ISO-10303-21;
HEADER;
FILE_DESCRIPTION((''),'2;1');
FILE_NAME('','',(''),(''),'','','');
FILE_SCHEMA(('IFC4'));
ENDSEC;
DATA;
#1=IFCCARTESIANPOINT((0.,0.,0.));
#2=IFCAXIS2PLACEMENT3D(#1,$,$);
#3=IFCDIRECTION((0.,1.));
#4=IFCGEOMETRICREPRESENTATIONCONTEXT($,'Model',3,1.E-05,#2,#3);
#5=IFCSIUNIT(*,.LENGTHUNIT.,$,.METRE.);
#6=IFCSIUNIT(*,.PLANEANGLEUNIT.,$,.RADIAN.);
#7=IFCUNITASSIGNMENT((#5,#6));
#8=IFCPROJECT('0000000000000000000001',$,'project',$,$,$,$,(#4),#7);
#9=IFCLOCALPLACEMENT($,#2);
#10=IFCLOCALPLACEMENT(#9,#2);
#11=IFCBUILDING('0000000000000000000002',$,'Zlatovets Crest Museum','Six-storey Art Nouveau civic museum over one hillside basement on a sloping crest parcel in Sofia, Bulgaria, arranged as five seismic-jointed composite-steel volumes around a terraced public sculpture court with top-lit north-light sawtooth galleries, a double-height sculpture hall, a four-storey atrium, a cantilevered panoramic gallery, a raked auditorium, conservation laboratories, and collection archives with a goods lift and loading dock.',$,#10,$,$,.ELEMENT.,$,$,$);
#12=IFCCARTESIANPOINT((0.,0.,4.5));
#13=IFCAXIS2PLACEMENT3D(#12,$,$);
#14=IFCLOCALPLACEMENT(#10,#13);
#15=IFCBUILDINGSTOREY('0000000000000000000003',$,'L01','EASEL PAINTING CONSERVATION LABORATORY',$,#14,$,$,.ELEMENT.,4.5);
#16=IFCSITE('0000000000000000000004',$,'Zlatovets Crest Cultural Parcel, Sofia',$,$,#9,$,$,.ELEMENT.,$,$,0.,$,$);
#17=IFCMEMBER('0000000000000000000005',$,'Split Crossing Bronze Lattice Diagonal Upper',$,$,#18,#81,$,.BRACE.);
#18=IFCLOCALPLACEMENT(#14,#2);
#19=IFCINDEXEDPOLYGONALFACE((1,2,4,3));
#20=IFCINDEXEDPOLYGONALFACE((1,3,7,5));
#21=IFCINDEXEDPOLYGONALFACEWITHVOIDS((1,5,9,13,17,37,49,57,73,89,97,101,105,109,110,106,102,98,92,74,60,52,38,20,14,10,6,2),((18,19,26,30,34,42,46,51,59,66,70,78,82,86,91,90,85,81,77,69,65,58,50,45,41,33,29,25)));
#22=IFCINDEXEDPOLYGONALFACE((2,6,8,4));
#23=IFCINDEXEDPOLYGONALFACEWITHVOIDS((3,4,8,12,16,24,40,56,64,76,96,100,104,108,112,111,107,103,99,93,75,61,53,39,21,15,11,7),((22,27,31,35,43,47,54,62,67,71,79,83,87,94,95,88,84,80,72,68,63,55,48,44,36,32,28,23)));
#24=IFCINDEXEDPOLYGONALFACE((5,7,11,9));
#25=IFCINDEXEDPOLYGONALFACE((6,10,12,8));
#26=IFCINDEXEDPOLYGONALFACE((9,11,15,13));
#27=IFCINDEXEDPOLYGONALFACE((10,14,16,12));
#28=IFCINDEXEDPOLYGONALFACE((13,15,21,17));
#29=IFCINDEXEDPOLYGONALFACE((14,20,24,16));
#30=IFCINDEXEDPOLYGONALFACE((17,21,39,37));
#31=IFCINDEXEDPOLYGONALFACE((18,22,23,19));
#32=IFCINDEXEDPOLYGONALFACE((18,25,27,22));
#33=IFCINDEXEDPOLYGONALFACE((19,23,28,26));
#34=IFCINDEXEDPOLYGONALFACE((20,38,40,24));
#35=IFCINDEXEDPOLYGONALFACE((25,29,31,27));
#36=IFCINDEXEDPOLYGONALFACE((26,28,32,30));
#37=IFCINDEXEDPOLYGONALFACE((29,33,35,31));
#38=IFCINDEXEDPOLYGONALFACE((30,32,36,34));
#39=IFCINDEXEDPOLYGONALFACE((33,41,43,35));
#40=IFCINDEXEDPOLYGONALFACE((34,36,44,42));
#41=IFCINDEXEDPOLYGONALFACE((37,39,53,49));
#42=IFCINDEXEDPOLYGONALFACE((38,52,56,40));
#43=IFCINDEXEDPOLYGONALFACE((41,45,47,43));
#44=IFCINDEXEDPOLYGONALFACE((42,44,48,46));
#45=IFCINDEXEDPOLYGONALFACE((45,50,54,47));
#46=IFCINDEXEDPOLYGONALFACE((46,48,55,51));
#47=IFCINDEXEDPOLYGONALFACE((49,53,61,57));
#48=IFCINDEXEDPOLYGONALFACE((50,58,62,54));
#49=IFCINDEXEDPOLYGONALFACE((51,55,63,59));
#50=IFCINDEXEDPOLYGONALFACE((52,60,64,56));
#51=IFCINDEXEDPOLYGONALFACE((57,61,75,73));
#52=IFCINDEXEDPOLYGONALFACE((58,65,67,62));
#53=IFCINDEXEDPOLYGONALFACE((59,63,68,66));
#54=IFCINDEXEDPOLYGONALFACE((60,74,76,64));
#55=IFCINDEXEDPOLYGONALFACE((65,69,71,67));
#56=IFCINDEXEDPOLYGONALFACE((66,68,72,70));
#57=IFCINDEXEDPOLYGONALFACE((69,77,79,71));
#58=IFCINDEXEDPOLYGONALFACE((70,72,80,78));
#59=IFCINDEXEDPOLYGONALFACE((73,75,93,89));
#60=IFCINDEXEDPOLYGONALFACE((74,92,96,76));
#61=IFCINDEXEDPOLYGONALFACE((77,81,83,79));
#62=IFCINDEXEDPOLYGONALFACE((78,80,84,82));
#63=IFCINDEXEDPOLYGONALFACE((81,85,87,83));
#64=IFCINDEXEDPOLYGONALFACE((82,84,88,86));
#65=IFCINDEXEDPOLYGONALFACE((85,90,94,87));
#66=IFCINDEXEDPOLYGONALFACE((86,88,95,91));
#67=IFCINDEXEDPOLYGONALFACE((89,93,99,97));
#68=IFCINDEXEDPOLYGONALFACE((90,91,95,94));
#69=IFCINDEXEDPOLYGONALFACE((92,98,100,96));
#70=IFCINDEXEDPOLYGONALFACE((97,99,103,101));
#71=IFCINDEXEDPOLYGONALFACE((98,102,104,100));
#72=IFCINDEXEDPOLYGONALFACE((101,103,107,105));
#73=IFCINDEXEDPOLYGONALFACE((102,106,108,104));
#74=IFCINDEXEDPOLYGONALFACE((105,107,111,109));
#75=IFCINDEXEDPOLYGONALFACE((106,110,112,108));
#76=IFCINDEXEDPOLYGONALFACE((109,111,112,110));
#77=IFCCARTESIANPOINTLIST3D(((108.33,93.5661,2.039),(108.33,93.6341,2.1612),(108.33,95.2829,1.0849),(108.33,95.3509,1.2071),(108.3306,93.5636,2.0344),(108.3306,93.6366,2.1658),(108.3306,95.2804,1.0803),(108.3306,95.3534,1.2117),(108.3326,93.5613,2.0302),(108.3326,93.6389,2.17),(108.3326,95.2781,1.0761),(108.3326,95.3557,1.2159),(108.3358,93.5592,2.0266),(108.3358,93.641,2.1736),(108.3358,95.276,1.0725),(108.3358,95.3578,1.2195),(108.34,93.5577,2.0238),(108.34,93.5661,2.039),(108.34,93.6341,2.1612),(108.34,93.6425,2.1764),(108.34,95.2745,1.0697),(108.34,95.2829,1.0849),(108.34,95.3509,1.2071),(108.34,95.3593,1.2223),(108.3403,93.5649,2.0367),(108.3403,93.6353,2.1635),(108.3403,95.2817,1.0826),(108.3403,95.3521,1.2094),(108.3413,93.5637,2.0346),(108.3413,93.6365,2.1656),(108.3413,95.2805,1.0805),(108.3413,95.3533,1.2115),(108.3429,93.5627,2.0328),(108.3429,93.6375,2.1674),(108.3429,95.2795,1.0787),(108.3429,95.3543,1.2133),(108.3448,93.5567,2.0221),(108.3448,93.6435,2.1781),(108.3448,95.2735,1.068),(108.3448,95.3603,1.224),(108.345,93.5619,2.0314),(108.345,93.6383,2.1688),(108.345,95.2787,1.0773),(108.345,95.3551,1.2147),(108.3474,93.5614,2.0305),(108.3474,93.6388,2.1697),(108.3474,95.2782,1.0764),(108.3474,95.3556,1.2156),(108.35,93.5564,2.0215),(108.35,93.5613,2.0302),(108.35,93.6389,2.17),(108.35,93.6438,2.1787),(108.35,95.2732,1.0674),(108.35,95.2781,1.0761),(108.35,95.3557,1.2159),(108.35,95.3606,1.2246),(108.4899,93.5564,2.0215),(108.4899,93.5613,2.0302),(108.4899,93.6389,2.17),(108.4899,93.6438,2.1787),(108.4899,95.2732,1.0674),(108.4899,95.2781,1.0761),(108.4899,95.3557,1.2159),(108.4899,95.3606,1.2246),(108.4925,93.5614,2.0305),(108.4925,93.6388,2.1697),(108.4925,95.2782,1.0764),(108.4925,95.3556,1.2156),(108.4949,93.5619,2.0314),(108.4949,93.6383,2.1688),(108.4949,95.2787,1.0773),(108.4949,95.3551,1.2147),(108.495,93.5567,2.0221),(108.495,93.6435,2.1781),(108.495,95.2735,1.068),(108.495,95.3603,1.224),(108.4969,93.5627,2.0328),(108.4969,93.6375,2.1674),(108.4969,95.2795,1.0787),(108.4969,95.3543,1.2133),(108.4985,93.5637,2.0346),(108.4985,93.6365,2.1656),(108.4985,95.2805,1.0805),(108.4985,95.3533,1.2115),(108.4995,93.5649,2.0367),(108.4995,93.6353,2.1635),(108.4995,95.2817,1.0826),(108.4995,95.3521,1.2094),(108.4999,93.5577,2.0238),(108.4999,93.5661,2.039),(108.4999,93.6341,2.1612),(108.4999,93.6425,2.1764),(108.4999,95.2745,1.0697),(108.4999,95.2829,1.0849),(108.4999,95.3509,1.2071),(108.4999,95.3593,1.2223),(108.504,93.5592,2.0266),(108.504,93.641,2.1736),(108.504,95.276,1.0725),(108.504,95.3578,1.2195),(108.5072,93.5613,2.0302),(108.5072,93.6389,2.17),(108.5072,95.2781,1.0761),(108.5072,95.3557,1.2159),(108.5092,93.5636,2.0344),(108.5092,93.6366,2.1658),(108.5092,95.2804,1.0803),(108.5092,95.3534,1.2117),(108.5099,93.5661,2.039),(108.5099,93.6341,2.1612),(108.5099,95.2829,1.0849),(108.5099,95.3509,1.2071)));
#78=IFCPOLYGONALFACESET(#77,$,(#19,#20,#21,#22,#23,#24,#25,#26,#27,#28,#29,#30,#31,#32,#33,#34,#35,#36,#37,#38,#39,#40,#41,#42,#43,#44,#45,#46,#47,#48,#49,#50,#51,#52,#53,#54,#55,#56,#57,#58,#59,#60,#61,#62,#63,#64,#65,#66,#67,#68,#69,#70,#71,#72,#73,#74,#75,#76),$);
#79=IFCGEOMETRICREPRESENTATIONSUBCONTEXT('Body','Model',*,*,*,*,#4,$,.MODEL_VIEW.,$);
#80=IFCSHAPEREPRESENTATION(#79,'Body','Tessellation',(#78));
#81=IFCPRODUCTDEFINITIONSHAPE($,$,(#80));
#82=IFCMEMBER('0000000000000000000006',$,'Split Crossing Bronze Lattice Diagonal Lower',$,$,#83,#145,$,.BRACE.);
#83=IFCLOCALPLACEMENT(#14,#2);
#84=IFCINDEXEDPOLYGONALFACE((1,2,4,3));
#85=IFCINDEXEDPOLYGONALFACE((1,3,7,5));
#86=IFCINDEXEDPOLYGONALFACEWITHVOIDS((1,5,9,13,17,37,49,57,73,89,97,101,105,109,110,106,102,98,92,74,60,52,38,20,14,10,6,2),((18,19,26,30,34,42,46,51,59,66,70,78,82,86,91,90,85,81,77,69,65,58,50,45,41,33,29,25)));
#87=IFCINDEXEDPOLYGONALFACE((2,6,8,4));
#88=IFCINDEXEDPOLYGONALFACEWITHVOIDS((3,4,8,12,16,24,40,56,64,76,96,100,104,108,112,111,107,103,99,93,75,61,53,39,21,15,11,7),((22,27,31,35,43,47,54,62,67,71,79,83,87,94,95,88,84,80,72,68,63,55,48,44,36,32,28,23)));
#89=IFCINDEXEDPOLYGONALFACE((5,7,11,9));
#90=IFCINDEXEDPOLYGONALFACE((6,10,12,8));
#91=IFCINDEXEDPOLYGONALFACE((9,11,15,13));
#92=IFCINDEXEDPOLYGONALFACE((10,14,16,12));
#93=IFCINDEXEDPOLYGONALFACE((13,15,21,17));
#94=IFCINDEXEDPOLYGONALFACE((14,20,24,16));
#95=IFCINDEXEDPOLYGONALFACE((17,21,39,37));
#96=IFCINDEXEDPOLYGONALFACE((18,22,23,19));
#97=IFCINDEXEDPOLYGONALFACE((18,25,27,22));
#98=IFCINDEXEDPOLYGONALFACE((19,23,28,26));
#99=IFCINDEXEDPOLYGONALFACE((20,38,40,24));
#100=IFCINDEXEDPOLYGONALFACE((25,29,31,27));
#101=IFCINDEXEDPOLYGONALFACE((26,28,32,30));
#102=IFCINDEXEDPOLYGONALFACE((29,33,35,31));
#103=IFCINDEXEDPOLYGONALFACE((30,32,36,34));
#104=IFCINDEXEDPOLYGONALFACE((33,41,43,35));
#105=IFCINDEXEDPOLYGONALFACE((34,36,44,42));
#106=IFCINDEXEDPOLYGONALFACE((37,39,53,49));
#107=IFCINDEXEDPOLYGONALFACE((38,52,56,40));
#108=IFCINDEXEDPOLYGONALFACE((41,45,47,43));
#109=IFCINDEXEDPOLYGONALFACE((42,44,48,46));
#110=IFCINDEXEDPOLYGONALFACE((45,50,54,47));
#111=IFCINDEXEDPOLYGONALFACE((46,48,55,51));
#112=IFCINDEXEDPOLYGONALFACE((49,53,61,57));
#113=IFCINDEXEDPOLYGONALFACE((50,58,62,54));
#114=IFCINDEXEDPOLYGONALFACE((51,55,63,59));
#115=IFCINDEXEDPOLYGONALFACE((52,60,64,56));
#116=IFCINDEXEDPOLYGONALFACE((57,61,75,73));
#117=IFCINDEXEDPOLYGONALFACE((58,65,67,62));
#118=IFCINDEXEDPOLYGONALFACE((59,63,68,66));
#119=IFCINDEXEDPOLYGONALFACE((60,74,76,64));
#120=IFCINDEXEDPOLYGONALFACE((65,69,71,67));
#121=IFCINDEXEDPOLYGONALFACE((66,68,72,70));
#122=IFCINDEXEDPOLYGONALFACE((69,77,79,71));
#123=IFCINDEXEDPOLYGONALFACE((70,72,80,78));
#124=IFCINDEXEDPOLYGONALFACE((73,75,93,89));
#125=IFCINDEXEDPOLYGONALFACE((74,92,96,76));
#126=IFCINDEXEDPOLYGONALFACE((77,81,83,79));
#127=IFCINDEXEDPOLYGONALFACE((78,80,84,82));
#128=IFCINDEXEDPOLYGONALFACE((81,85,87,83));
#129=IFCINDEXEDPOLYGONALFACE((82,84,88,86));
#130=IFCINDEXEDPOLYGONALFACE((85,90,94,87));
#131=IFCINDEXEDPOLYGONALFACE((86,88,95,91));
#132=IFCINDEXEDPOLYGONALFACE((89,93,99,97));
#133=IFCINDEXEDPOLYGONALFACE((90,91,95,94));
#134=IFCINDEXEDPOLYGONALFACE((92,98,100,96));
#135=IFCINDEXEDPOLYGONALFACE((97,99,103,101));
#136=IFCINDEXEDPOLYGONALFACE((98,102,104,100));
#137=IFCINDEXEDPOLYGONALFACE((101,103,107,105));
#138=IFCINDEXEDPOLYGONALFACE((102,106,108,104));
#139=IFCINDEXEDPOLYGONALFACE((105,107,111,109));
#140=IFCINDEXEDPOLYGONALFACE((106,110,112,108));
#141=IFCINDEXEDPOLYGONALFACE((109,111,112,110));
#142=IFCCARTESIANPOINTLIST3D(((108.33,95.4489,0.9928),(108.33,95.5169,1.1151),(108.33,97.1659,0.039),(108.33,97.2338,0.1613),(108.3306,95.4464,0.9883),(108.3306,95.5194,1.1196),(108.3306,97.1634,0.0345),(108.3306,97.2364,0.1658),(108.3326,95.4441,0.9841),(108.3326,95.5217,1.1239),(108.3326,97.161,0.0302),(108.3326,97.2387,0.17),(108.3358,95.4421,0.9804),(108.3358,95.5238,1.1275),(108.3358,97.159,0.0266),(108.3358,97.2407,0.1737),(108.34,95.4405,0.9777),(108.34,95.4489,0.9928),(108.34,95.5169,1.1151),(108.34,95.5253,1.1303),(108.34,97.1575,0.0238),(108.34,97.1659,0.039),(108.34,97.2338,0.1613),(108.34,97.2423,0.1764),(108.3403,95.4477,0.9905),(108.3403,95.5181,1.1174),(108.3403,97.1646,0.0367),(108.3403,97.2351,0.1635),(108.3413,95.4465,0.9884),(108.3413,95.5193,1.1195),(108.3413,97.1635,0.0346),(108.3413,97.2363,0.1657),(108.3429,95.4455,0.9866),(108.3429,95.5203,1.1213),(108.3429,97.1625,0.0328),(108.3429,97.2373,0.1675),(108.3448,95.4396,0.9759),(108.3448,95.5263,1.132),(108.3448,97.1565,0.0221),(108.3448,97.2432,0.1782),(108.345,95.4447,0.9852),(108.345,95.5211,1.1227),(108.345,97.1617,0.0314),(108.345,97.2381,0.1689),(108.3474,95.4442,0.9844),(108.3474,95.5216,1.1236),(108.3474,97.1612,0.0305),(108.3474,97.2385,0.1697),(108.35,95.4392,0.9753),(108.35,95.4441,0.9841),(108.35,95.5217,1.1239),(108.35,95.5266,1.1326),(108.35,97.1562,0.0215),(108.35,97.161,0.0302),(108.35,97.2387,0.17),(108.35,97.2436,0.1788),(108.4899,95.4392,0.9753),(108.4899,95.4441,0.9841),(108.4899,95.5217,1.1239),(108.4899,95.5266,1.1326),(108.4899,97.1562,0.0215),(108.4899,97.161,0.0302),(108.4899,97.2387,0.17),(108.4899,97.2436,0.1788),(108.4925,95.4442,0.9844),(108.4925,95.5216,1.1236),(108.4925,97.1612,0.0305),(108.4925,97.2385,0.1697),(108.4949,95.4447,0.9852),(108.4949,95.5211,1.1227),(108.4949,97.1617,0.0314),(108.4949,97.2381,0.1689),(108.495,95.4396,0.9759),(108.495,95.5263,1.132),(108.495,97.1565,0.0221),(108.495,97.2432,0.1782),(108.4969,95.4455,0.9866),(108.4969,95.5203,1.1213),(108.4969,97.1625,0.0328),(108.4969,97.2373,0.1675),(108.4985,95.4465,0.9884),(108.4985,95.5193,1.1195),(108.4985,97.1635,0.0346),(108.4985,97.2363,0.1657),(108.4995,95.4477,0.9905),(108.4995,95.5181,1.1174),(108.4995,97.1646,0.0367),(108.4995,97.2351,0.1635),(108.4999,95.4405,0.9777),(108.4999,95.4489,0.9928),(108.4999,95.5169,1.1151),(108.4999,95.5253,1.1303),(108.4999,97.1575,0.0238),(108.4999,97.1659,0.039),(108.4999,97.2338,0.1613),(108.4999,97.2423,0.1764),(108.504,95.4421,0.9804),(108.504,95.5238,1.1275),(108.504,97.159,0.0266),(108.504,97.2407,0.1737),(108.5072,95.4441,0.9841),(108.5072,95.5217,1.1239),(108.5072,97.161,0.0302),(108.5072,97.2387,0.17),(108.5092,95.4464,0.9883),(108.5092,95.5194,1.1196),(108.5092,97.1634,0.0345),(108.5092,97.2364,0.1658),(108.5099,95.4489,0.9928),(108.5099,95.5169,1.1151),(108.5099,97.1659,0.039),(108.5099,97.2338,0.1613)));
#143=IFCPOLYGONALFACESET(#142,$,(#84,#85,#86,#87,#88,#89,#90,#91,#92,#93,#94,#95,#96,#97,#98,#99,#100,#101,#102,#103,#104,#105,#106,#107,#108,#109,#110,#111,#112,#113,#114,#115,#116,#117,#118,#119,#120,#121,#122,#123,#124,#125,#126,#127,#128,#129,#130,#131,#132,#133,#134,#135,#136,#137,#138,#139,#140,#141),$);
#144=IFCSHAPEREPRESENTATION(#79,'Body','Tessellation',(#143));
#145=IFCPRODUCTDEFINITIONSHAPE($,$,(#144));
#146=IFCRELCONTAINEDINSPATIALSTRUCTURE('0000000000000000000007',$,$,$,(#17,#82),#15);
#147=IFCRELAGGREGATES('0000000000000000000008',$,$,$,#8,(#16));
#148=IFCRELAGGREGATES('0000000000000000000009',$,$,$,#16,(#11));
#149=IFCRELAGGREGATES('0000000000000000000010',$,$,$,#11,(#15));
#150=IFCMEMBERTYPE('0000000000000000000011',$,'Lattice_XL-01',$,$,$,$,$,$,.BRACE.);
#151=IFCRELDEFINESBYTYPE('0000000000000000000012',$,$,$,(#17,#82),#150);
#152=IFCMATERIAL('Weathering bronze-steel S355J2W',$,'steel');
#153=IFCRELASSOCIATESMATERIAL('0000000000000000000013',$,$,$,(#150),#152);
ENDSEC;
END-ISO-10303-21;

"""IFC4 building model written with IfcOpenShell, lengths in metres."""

from ifc_helpers import new_model, si_unit, direction, frame, origin, origin_2d, place, context, subcontext, project, spatial, hollow_rectangle, extrude, material, material_profile, profile_set, type_object, element, save


model = new_model("IFC4")

# Units and contexts
model_context = context("Model", 3, precision=1e-05, world=origin(), true_north=direction((0.0, 1.0)))
body_context = subcontext(model_context, "Body", "Model", "MODEL_VIEW")
ifc_project = project(units=[si_unit("LENGTHUNIT", "METRE"), si_unit("PLANEANGLEUNIT", "RADIAN")], contexts=[model_context])

# Site, building, storey
site_placement = place(None, origin())
site = spatial("IfcSite", under=ifc_project, at=site_placement, Name="Zlatovets Crest Cultural Parcel, Sofia", CompositionType="ELEMENT", RefElevation=0.0)
building_placement = place(site_placement, origin())
building = spatial("IfcBuilding", under=site, at=building_placement, Name="Zlatovets Crest Museum", Description="Six-storey Art Nouveau civic museum over one hillside basement on a sloping crest parcel in Sofia, Bulgaria, arranged as five seismic-jointed composite-steel volumes around a terraced public sculpture court with top-lit north-light sawtooth galleries, a double-height sculpture hall, a four-storey atrium, a cantilevered panoramic gallery, a raked auditorium, conservation laboratories, and collection archives with a goods lift and loading dock.", CompositionType="ELEMENT")
storey_placement = place(building_placement, frame((0.0, 0.0, 4.5)))
storey = spatial("IfcBuildingStorey", under=building, at=storey_placement, Name="L01", Description="EASEL PAINTING CONSERVATION LABORATORY", CompositionType="ELEMENT", Elevation=4.5)

# Members
ifc_material_1 = material(Name="Weathering bronze-steel S355J2W", Category="steel")
ifc_material_profile_1 = material_profile(ifc_material_1, hollow_rectangle(XDim=0.1799, YDim=0.1799, WallThickness=0.01, InnerFilletRadius=0.01, OuterFilletRadius=0.02, at=origin_2d()), Name="SHS 180x180x10.0")
ifc_profile_set_1 = profile_set([ifc_material_profile_1], Name="Weathering bronze-steel S355J2W")
member_type_1 = type_object("IfcMemberType", Name="Lattice_XL-01", PredefinedType="BRACE", material=ifc_profile_set_1)
for number, where, z_axis, x_axis, name in (
    (1, (108.4199, 93.6001, 2.1001), (0.0, 0.874087, -0.48577), (-1.0, 0.0, 0.0), "Split Crossing Bronze Lattice Diagonal Upper"),
    (2, (108.4199, 95.4829, 1.054), (0.0, 0.874169, -0.485622), (-1.0, 0.0, 0.0), "Split Crossing Bronze Lattice Diagonal Lower"),
):
    element("IfcMember", number, at=place(storey_placement, frame(where, z_axis=z_axis, x_axis=x_axis)), inside=storey, type_object=member_type_1, Name=name, PredefinedType="BRACE", context=body_context, shape_type="SweptSolid", body=[
        extrude(hollow_rectangle(XDim=0.1799, YDim=0.1799, WallThickness=0.01, InnerFilletRadius=0.01, OuterFilletRadius=0.02, at=origin_2d()), origin(), (0.0, 0.0, 1.0), 1.9641),
    ])

save(model, "model.ifc")
